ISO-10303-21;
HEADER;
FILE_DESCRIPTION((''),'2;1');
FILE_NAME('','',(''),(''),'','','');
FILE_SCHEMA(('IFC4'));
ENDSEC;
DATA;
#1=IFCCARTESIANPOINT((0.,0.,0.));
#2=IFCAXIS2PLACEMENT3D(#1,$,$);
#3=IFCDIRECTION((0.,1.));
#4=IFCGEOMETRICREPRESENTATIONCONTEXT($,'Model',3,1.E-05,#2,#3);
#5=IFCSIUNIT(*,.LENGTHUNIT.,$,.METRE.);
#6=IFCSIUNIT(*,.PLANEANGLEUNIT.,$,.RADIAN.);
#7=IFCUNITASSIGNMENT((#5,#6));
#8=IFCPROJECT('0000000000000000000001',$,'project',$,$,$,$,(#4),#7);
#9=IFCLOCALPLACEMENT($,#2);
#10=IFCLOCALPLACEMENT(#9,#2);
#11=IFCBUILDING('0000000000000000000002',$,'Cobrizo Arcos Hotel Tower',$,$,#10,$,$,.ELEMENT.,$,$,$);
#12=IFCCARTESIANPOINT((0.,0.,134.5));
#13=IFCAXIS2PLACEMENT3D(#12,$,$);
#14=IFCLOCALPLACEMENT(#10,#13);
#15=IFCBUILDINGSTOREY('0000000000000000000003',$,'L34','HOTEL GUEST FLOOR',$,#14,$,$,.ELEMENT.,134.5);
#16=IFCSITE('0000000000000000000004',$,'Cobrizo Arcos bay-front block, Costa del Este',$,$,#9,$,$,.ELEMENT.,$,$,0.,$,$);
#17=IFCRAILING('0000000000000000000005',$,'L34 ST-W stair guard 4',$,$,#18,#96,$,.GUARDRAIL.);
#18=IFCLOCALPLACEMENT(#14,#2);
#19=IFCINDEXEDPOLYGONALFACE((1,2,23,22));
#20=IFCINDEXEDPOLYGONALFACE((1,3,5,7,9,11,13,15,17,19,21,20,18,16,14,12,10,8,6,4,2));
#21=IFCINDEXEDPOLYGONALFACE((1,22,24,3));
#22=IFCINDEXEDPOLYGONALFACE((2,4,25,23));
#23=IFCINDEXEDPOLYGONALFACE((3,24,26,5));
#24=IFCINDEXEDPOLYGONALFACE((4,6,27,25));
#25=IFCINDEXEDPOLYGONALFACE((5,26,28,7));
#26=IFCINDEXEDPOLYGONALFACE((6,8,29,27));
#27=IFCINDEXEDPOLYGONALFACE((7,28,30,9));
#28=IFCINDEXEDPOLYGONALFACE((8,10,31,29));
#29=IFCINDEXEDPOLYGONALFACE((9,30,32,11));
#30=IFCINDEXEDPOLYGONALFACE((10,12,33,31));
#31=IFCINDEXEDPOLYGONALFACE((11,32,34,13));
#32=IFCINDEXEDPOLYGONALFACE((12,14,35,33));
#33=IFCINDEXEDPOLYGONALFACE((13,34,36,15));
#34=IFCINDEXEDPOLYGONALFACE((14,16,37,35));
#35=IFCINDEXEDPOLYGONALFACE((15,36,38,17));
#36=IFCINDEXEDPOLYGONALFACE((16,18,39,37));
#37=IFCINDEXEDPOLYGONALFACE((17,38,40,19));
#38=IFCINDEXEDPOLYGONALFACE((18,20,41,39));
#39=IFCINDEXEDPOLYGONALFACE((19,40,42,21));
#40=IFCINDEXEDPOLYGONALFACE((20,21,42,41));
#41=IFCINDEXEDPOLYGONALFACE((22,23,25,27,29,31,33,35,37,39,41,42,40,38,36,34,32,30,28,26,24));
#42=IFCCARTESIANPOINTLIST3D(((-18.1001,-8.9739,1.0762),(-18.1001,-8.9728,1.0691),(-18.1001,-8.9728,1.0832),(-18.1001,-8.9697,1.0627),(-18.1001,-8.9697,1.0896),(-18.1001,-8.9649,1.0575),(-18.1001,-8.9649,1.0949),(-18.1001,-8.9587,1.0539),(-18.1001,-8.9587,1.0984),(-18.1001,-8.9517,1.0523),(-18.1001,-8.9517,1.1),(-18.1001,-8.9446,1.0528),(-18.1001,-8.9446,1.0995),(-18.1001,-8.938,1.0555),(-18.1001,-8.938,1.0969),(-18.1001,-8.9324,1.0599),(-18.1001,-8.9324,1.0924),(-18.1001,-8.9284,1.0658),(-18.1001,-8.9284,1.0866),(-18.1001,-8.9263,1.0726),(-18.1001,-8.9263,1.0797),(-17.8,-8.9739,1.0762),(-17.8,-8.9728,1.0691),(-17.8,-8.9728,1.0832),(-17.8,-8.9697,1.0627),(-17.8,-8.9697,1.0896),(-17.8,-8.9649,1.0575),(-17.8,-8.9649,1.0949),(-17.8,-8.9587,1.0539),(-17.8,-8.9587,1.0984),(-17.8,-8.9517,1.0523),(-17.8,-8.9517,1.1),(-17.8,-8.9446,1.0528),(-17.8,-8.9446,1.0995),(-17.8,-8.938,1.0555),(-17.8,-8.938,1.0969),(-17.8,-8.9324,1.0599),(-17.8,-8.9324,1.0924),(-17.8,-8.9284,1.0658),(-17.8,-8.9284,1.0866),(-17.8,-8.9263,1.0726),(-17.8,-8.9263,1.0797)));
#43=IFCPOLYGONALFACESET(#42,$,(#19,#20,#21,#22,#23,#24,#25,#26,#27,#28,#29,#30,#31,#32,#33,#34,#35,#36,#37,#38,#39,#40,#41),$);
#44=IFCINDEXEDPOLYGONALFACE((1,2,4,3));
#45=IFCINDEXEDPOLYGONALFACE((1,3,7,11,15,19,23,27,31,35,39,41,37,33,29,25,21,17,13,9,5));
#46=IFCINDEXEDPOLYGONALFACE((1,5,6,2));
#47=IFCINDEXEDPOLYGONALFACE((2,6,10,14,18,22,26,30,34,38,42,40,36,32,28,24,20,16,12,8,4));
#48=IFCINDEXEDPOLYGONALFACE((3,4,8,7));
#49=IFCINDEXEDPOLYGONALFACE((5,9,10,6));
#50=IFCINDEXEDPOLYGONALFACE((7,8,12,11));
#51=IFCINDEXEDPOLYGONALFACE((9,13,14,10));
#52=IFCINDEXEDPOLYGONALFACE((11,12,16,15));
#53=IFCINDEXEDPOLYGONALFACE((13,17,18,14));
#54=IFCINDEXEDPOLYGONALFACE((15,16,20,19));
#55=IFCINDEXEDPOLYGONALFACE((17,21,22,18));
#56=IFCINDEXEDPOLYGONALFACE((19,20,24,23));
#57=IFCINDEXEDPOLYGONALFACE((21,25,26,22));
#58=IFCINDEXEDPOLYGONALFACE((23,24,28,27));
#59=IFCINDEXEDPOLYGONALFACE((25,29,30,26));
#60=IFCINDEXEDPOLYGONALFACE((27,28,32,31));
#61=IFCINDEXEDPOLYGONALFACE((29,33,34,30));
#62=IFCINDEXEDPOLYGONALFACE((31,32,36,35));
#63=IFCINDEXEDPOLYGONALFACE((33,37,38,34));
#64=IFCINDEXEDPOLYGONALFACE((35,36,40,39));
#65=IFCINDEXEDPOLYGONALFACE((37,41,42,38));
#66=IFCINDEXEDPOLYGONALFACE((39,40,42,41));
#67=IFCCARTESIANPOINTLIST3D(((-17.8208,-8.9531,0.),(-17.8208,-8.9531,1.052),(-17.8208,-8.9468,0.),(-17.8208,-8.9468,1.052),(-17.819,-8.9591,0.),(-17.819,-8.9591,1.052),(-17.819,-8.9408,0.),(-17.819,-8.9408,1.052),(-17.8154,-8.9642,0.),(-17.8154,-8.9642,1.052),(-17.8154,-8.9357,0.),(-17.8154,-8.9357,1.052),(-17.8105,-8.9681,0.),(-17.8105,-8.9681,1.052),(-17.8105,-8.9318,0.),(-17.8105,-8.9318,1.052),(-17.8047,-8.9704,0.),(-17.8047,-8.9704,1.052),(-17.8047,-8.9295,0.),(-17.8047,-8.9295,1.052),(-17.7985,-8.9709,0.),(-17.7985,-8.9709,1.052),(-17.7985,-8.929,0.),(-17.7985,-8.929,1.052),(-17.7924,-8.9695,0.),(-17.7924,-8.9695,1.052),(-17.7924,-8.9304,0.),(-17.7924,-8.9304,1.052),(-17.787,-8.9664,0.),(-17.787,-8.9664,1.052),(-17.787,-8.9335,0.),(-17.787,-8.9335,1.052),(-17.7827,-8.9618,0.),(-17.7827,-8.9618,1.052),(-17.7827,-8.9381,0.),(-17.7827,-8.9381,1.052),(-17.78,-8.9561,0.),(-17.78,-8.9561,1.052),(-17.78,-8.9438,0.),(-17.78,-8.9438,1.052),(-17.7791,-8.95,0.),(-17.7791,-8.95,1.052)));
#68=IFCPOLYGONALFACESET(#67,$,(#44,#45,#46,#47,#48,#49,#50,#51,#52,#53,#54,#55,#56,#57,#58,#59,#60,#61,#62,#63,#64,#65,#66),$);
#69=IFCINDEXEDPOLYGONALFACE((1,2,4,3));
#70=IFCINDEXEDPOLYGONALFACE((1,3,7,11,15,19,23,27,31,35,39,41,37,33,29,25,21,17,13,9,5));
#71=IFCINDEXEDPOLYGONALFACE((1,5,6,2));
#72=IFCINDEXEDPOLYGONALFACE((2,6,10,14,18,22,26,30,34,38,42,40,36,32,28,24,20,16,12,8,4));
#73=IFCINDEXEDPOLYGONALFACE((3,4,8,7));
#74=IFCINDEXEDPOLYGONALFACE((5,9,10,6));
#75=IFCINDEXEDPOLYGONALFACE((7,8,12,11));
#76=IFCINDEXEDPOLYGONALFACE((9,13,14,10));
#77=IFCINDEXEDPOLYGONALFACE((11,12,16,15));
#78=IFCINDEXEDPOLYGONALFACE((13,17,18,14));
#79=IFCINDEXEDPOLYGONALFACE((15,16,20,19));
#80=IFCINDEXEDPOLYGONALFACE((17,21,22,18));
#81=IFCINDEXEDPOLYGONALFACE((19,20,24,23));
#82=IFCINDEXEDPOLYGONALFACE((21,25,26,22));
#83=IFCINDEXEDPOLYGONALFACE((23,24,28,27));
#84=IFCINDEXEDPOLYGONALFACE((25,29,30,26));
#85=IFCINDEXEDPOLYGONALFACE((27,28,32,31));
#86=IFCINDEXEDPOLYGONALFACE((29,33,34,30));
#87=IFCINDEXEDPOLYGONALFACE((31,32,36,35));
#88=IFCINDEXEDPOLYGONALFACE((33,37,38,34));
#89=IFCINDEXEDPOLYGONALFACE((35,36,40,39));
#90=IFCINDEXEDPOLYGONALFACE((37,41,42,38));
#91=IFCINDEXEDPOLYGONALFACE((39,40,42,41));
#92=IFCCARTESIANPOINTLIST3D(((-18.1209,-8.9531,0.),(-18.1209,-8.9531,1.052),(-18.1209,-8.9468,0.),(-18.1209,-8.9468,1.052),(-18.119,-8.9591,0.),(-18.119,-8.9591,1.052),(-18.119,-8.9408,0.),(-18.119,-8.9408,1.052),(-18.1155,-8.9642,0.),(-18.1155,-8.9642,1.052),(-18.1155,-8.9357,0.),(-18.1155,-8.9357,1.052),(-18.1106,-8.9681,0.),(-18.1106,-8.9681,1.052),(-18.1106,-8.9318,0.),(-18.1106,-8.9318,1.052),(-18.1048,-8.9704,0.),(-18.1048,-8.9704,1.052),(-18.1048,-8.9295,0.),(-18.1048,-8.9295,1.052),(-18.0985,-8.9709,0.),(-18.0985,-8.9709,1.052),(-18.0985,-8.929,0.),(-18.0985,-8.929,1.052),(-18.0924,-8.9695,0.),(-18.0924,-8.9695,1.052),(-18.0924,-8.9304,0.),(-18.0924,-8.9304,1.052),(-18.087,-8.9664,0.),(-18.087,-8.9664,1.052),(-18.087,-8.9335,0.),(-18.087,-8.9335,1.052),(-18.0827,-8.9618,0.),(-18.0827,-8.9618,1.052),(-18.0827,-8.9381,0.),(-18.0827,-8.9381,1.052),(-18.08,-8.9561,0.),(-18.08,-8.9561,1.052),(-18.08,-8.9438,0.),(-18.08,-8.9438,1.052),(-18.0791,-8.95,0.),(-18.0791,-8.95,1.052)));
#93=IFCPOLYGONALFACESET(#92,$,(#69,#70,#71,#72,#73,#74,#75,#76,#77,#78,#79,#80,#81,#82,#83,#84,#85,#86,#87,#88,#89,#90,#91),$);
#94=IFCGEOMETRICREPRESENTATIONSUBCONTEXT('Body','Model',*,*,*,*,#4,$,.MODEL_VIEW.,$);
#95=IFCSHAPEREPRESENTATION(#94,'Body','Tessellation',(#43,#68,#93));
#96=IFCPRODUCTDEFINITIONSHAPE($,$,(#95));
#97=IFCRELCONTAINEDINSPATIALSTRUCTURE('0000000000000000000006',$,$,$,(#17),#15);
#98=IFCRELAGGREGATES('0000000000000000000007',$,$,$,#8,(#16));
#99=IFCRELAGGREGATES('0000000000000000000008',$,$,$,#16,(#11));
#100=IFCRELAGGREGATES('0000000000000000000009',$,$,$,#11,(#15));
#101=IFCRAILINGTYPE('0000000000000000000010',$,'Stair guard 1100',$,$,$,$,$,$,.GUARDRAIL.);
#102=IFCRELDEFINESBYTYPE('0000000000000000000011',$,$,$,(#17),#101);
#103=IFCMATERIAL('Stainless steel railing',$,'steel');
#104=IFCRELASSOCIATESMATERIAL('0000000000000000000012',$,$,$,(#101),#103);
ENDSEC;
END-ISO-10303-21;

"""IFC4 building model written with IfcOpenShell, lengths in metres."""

from ifc_helpers import new_model, si_unit, direction, frame, origin, origin_2d, place, context, subcontext, project, spatial, circle, extrude, material, type_object, element, save


model = new_model("IFC4")

# Units and contexts
model_context = context("Model", 3, precision=1e-05, world=origin(), true_north=direction((0.0, 1.0)))
body_context = subcontext(model_context, "Body", "Model", "MODEL_VIEW")
ifc_project = project(units=[si_unit("LENGTHUNIT", "METRE"), si_unit("PLANEANGLEUNIT", "RADIAN")], contexts=[model_context])

# Site, building, storey
site_placement = place(None, origin())
site = spatial("IfcSite", under=ifc_project, at=site_placement, Name="Cobrizo Arcos bay-front block, Costa del Este", CompositionType="ELEMENT", RefElevation=0.0)
building_placement = place(site_placement, origin())
building = spatial("IfcBuilding", under=site, at=building_placement, Name="Cobrizo Arcos Hotel Tower", CompositionType="ELEMENT")
storey_placement = place(building_placement, frame((0.0, 0.0, 134.5)))
storey = spatial("IfcBuildingStorey", under=building, at=storey_placement, Name="L34", Description="HOTEL GUEST FLOOR", CompositionType="ELEMENT", Elevation=134.5)

# Railing
ifc_material_1 = material(Name="Stainless steel railing", Category="steel")
railing_type_1 = type_object("IfcRailingType", Name="Stair guard 1100", PredefinedType="GUARDRAIL", material=ifc_material_1)
railing_1_placement = place(storey_placement, frame((-17.8, -8.95, 0.0)))
element("IfcRailing", 1, at=railing_1_placement, inside=storey, type_object=railing_type_1, Name="L34 ST-W stair guard 4", PredefinedType="GUARDRAIL", context=body_context, shape_type="SweptSolid", body=[
    extrude(circle(Radius=0.0239, at=origin_2d()), frame((0.0, 0.0, 1.0762), z_axis=(-1.0, 0.0, 0.0), x_axis=(0.0, -1.0, 0.0)), (0.0, 0.0, 1.0), 0.3),
    extrude(circle(Radius=0.021, at=origin_2d()), origin(), (0.0, 0.0, 1.0), 1.052),
    extrude(circle(Radius=0.021, at=origin_2d()), frame((-0.3, 0.0, 0.0)), (0.0, 0.0, 1.0), 1.052),
])

save(model, "model.ifc")
